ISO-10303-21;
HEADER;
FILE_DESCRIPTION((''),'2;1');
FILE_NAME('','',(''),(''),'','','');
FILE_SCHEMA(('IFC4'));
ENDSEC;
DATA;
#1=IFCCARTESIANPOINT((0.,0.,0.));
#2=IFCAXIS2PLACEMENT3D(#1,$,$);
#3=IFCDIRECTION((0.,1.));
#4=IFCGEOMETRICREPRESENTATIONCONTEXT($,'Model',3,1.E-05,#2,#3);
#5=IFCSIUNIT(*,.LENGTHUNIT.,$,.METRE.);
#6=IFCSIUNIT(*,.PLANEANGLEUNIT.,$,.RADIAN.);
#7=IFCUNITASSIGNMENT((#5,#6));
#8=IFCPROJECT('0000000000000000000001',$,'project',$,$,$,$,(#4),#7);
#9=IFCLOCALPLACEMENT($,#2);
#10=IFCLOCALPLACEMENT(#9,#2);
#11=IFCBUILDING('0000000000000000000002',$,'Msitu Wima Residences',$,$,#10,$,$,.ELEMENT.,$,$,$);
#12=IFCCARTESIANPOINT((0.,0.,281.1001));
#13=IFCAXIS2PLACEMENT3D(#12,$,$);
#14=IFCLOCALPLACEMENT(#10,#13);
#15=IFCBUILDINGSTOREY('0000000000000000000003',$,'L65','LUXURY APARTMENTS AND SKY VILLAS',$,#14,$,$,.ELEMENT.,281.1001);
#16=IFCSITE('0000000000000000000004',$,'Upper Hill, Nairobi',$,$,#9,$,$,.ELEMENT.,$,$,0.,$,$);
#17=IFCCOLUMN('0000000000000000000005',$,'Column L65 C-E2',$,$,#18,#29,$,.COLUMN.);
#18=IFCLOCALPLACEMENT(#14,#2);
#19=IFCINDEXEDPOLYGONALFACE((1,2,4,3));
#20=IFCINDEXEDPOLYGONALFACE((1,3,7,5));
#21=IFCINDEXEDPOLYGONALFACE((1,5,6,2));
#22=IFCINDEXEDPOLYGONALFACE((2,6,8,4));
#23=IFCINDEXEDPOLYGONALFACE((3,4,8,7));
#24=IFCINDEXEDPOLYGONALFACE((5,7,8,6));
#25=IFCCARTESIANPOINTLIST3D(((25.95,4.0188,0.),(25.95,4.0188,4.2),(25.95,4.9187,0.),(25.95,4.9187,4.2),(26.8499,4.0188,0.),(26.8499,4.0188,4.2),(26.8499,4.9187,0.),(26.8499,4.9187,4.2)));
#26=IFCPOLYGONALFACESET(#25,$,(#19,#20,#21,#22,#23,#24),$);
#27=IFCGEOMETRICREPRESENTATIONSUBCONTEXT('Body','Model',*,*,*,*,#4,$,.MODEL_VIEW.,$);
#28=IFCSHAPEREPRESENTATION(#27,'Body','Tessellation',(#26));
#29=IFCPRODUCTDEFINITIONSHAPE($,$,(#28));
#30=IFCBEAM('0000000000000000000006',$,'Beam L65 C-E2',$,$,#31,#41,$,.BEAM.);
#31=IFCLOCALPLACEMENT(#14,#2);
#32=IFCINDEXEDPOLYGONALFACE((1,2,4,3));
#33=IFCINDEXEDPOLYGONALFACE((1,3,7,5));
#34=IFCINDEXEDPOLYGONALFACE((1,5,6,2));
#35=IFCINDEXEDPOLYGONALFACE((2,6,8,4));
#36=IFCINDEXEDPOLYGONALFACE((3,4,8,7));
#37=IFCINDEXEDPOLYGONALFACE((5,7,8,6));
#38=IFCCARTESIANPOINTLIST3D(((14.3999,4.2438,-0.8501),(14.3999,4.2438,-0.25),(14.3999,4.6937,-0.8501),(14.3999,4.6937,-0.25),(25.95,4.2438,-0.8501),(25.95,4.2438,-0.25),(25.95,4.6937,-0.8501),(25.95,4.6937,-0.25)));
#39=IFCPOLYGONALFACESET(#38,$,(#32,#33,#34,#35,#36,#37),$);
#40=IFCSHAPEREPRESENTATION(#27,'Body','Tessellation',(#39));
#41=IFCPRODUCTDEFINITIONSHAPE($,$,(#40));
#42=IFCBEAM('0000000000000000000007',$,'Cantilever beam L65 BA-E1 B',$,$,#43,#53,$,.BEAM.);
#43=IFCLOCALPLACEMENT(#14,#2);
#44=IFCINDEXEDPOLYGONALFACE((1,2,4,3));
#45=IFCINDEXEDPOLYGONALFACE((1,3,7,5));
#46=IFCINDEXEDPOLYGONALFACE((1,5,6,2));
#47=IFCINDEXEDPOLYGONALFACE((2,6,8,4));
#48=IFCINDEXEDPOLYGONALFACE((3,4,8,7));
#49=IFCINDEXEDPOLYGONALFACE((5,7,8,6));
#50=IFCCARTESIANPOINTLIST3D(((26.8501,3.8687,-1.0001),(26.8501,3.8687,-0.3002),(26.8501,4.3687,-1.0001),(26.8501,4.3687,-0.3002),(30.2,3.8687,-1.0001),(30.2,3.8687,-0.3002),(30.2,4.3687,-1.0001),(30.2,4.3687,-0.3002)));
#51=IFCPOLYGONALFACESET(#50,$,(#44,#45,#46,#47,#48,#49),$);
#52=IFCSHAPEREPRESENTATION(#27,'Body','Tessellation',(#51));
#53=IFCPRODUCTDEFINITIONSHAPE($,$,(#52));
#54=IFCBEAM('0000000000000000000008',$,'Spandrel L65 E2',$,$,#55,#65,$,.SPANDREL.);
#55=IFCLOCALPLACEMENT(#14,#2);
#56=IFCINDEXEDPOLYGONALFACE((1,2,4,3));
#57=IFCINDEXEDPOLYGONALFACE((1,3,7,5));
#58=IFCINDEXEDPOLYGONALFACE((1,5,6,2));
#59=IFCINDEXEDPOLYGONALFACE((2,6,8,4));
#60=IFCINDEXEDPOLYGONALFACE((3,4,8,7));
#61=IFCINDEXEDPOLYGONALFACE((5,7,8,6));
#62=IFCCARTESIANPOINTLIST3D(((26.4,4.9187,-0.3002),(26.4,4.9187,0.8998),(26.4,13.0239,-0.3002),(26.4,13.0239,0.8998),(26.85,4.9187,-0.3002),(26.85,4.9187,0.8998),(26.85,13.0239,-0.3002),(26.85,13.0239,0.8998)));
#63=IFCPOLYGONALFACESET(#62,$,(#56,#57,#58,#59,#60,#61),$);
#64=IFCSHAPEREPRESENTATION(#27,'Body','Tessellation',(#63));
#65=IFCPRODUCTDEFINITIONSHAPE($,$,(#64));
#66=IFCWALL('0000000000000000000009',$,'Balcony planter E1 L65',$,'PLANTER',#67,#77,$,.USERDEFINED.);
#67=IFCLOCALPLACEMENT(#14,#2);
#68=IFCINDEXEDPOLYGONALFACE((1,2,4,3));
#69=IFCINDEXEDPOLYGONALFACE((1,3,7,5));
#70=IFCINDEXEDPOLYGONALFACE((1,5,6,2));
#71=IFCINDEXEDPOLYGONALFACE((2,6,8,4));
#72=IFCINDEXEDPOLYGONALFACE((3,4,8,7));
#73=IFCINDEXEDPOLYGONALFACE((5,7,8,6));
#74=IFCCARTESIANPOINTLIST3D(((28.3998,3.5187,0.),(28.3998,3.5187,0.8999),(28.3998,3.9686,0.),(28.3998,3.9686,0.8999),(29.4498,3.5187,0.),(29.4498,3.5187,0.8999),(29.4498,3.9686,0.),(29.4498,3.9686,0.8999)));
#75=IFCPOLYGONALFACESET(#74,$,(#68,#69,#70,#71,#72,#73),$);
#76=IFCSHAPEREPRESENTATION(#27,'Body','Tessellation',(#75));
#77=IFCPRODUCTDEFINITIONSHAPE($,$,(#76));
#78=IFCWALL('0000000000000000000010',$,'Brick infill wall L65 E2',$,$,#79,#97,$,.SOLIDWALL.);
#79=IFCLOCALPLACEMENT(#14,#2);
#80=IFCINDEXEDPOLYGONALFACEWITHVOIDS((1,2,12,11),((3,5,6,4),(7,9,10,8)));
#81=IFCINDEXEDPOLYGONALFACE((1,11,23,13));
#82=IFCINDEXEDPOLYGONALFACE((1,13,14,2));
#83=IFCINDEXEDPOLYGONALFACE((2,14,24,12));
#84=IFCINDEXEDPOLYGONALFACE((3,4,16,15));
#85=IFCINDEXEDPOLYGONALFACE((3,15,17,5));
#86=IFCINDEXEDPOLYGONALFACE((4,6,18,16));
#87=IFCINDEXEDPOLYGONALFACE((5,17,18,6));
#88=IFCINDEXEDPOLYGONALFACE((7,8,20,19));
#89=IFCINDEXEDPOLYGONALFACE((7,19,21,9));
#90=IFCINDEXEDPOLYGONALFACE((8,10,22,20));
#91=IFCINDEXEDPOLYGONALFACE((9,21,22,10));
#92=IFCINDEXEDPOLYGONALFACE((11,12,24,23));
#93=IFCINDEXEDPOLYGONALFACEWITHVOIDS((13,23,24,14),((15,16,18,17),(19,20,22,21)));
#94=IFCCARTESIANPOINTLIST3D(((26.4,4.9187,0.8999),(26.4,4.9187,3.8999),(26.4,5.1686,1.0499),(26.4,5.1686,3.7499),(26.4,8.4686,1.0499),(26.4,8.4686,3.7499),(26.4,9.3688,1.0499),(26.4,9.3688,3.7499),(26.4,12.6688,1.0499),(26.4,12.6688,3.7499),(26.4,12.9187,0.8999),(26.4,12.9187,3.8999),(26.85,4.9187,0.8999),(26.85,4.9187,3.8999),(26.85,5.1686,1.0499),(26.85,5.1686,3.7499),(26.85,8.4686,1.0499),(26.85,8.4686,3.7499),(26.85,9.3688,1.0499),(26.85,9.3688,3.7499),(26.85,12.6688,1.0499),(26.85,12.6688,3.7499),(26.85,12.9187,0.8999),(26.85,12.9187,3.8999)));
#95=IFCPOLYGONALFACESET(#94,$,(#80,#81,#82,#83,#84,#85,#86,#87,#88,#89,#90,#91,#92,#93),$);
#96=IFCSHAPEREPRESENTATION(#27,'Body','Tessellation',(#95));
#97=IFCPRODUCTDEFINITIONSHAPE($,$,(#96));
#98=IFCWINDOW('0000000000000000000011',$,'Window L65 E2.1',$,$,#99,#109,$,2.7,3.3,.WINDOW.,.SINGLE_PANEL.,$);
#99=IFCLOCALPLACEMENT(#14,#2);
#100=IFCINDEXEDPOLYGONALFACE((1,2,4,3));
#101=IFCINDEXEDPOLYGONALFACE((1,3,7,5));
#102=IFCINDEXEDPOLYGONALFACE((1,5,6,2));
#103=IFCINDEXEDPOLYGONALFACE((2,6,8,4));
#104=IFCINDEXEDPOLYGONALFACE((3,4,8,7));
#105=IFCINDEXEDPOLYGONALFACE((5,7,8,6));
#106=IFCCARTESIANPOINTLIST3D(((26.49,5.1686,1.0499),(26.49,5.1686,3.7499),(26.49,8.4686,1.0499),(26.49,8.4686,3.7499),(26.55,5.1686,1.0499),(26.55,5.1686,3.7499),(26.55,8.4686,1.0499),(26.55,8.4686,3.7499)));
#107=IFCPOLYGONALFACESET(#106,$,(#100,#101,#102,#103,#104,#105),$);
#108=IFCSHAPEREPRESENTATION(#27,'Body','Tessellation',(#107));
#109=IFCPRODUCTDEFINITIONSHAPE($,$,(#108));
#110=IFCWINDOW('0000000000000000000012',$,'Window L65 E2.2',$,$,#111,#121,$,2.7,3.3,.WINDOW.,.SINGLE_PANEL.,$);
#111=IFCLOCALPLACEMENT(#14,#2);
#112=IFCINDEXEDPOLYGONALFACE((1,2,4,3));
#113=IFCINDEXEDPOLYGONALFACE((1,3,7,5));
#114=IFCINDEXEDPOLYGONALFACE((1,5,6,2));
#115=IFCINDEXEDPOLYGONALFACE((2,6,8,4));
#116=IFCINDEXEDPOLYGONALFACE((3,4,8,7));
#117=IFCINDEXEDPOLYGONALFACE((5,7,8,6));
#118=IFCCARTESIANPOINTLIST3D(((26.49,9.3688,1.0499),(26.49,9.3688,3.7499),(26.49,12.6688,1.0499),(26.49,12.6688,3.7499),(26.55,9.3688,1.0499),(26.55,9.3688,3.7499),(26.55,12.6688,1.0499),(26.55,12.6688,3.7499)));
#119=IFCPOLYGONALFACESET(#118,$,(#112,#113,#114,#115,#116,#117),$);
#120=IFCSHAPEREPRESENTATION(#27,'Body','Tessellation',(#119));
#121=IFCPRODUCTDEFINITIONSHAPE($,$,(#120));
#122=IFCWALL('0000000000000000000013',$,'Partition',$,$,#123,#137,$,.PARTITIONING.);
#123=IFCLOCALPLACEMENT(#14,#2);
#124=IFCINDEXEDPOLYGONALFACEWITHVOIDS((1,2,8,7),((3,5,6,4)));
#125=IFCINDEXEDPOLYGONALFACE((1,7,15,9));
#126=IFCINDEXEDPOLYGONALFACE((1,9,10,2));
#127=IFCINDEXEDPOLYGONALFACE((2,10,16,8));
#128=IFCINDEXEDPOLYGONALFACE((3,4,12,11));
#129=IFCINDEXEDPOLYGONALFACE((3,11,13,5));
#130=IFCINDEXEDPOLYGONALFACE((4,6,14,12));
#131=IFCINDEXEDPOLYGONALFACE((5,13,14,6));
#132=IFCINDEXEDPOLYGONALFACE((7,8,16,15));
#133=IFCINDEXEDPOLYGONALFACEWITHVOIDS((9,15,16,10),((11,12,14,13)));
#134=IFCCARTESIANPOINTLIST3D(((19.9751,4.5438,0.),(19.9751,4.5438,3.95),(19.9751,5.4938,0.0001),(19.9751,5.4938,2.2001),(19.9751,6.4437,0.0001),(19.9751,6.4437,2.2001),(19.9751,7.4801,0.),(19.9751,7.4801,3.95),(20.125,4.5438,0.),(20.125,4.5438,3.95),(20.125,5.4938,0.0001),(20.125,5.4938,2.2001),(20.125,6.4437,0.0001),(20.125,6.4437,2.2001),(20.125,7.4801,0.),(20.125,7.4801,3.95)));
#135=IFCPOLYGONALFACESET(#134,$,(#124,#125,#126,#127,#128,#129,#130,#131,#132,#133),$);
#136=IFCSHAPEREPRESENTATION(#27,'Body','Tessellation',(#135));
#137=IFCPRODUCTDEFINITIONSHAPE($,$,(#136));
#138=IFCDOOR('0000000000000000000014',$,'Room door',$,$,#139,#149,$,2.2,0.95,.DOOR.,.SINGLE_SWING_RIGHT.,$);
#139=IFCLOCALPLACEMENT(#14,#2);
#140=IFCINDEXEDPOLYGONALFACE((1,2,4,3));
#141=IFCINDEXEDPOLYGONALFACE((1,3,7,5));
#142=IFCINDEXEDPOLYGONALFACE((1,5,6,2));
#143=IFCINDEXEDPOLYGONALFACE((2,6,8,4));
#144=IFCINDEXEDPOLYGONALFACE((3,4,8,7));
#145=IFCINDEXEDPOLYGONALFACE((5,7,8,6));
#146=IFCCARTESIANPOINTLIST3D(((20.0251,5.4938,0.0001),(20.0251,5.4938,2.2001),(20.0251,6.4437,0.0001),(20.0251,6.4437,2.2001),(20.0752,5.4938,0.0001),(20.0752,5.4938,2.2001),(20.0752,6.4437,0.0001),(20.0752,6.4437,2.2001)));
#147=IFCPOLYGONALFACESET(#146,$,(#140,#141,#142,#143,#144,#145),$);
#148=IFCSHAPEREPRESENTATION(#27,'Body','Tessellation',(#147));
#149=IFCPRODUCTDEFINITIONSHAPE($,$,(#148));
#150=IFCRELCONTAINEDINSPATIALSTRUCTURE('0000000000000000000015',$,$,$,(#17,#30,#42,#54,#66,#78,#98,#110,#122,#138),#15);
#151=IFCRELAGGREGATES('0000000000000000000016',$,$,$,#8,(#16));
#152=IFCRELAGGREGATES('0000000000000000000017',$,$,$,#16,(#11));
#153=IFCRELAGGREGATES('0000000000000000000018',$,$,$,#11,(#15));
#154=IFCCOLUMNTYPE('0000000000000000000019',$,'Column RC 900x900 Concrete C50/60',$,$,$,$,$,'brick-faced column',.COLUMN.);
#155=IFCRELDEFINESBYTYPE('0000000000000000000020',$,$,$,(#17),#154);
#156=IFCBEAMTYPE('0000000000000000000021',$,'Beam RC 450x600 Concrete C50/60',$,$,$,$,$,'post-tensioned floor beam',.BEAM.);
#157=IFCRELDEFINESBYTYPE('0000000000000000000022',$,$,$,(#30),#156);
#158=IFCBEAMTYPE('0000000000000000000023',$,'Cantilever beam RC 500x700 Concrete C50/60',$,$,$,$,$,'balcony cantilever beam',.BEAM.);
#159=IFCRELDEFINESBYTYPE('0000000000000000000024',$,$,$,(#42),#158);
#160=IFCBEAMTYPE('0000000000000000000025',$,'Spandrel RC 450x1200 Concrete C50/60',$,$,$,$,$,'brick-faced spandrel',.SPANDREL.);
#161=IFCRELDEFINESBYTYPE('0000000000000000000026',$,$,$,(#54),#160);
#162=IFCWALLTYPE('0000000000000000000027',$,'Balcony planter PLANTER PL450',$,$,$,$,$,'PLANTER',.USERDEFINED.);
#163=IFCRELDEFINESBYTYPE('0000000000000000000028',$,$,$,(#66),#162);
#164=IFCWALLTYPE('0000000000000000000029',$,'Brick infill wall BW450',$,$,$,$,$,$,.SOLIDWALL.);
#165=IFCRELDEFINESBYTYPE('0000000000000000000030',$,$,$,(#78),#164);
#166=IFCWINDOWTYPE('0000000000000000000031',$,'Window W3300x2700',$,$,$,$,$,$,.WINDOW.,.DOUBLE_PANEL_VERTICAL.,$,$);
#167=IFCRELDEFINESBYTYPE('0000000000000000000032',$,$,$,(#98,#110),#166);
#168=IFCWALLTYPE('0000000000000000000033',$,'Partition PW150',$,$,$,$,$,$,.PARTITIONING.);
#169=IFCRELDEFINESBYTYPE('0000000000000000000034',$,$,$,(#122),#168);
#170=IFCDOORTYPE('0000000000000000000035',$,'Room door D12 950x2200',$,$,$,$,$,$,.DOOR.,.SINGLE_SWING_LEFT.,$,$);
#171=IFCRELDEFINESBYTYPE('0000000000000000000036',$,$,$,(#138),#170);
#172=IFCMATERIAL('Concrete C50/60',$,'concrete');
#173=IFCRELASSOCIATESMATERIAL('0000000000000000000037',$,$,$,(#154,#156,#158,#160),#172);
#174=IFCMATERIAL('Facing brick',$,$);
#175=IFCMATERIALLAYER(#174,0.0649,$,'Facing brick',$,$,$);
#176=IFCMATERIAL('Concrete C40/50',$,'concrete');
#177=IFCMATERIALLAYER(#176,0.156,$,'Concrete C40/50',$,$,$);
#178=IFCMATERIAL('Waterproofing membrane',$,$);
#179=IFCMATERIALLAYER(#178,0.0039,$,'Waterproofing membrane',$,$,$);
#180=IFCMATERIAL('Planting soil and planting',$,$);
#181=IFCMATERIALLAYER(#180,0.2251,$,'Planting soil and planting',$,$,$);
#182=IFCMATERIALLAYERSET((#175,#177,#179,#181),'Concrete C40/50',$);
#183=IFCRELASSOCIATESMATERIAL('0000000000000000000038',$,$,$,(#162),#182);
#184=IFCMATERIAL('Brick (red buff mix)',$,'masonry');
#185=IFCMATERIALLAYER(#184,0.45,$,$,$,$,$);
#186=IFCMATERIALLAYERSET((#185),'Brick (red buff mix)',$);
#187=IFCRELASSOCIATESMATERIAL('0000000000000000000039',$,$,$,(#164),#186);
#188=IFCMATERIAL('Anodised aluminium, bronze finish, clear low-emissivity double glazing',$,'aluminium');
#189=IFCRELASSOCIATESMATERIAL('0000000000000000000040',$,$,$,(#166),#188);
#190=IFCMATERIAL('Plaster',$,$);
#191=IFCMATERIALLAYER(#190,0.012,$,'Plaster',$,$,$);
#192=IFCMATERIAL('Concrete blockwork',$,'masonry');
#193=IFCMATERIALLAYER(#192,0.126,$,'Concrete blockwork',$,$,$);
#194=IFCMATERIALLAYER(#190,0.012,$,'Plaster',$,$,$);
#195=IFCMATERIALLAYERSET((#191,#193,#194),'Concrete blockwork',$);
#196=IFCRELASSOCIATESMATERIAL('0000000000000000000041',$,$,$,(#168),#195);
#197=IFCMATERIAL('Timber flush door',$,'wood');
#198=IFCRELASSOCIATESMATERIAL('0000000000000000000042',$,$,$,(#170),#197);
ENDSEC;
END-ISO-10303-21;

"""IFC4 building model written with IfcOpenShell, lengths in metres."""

from ifc_helpers import new_model, si_unit, direction, frame, frame_2d, origin, origin_2d, place, context, subcontext, project, spatial, rectangle, extrude, material, layer, layer_set, material_profile, profile_set, type_object, element, fill, save


model = new_model("IFC4")

# Units and contexts
model_context = context("Model", 3, precision=1e-05, world=origin(), true_north=direction((0.0, 1.0)))
body_context = subcontext(model_context, "Body", "Model", "MODEL_VIEW")
ifc_project = project(units=[si_unit("LENGTHUNIT", "METRE"), si_unit("PLANEANGLEUNIT", "RADIAN")], contexts=[model_context])

# Site, building, storey
site_placement = place(None, origin())
site = spatial("IfcSite", under=ifc_project, at=site_placement, Name="Upper Hill, Nairobi", CompositionType="ELEMENT", RefElevation=0.0)
building_placement = place(site_placement, origin())
building = spatial("IfcBuilding", under=site, at=building_placement, Name="Msitu Wima Residences", CompositionType="ELEMENT")
storey_placement = place(building_placement, frame((0.0, 0.0, 281.1001)))
storey = spatial("IfcBuildingStorey", under=building, at=storey_placement, Name="L65", Description="LUXURY APARTMENTS AND SKY VILLAS", CompositionType="ELEMENT", Elevation=281.1001)

# Column
ifc_material_1 = material(Name="Concrete C50/60", Category="concrete")
ifc_material_profile_1 = material_profile(ifc_material_1, rectangle(XDim=0.8999, YDim=0.8999, at=origin_2d()), Name="RC 900x900")
ifc_profile_set_1 = profile_set([ifc_material_profile_1], Name="Concrete C50/60")
column_type = type_object("IfcColumnType", Name="Column RC 900x900 Concrete C50/60", ElementType="brick-faced column", PredefinedType="COLUMN", material=ifc_profile_set_1)
column_placement = place(storey_placement, frame((26.3999, 4.4688, 0.0), z_axis=(0.0, 0.0, 1.0), x_axis=(0.0, 1.0, 0.0)))
element("IfcColumn", 1, at=column_placement, inside=storey, type_object=column_type, Name="Column L65 C-E2", PredefinedType="COLUMN", context=body_context, shape_type="SweptSolid", body=[
    extrude(rectangle(XDim=0.8999, YDim=0.8999, at=origin_2d()), origin(), (0.0, 0.0, 1.0), 4.2),
])

# Beams
ifc_material_profile_2 = material_profile(ifc_material_1, rectangle(XDim=0.45, YDim=0.6001, at=origin_2d()), Name="RC 450x600")
ifc_profile_set_2 = profile_set([ifc_material_profile_2], Name="Concrete C50/60")
beam_type_1 = type_object("IfcBeamType", Name="Beam RC 450x600 Concrete C50/60", ElementType="post-tensioned floor beam", PredefinedType="BEAM", material=ifc_profile_set_2)
beam_1_placement = place(storey_placement, frame((25.95, 4.4688, -0.55), z_axis=(-1.0, 0.0, 0.0), x_axis=(0.0, -1.0, 0.0)))
element("IfcBeam", 2, at=beam_1_placement, inside=storey, type_object=beam_type_1, Name="Beam L65 C-E2", PredefinedType="BEAM", context=body_context, shape_type="SweptSolid", body=[
    extrude(rectangle(XDim=0.45, YDim=0.6001, at=origin_2d()), origin(), (0.0, 0.0, 1.0), 11.55),
])
ifc_material_profile_3 = material_profile(ifc_material_1, rectangle(XDim=0.5, YDim=0.7, at=origin_2d()), Name="RC 500x700")
ifc_profile_set_3 = profile_set([ifc_material_profile_3], Name="Concrete C50/60")
beam_type_2 = type_object("IfcBeamType", Name="Cantilever beam RC 500x700 Concrete C50/60", ElementType="balcony cantilever beam", PredefinedType="BEAM", material=ifc_profile_set_3)
beam_2_placement = place(storey_placement, frame((26.8501, 4.1187, -0.6501), z_axis=(1.0, 0.0, 0.0), x_axis=(0.0, 1.0, 0.0)))
element("IfcBeam", 3, at=beam_2_placement, inside=storey, type_object=beam_type_2, Name="Cantilever beam L65 BA-E1 B", PredefinedType="BEAM", context=body_context, shape_type="SweptSolid", body=[
    extrude(rectangle(XDim=0.5, YDim=0.7, at=origin_2d()), origin(), (0.0, 0.0, 1.0), 3.3499),
])
ifc_material_profile_4 = material_profile(ifc_material_1, rectangle(XDim=0.45, YDim=1.2, at=origin_2d()), Name="RC 450x1200")
ifc_profile_set_4 = profile_set([ifc_material_profile_4], Name="Concrete C50/60")
beam_type_3 = type_object("IfcBeamType", Name="Spandrel RC 450x1200 Concrete C50/60", ElementType="brick-faced spandrel", PredefinedType="SPANDREL", material=ifc_profile_set_4)
beam_3_placement = place(storey_placement, frame((26.625, 4.9187, 0.2998), z_axis=(0.0, 1.0, 0.0), x_axis=(-1.0, 0.0, 0.0)))
element("IfcBeam", 4, at=beam_3_placement, inside=storey, type_object=beam_type_3, Name="Spandrel L65 E2", PredefinedType="SPANDREL", context=body_context, shape_type="SweptSolid", body=[
    extrude(rectangle(XDim=0.45, YDim=1.2, at=origin_2d()), origin(), (0.0, 0.0, 1.0), 8.1052),
])

# Wall
ifc_material_2 = material(Name="Facing brick")
ifc_layer_1 = layer(ifc_material_2, 0.0649, Name="Facing brick")
ifc_material_3 = material(Name="Concrete C40/50", Category="concrete")
ifc_layer_2 = layer(ifc_material_3, 0.156, Name="Concrete C40/50")
ifc_material_4 = material(Name="Waterproofing membrane")
ifc_layer_3 = layer(ifc_material_4, 0.0039, Name="Waterproofing membrane")
ifc_material_5 = material(Name="Planting soil and planting")
ifc_layer_4 = layer(ifc_material_5, 0.2251, Name="Planting soil and planting")
ifc_layer_set_1 = layer_set([ifc_layer_1, ifc_layer_2, ifc_layer_3, ifc_layer_4], Name="Concrete C40/50")
wall_type_1 = type_object("IfcWallType", Name="Balcony planter PLANTER PL450", ElementType="PLANTER", PredefinedType="USERDEFINED", material=ifc_layer_set_1)
wall_1_placement = place(storey_placement, frame((28.3999, 3.7437, 0.0), z_axis=(0.0, 0.0, 1.0), x_axis=(1.0, 0.0, 0.0)))
element("IfcWall", 5, at=wall_1_placement, inside=storey, type_object=wall_type_1, Name="Balcony planter E1 L65", ObjectType="PLANTER", PredefinedType="USERDEFINED", context=body_context, shape_type="SweptSolid", body=[
    extrude(rectangle(XDim=1.05, YDim=0.45, at=frame_2d((0.5249, 0.0))), origin(), (0.0, 0.0, 1.0), 0.8999),
])

# Wall, openings, windows
ifc_material_6 = material(Name="Brick (red buff mix)", Category="masonry")
ifc_layer_5 = layer(ifc_material_6, 0.45)
ifc_layer_set_2 = layer_set([ifc_layer_5], Name="Brick (red buff mix)")
wall_type_2 = type_object("IfcWallType", Name="Brick infill wall BW450", PredefinedType="SOLIDWALL", material=ifc_layer_set_2)
wall_2_placement = place(storey_placement, frame((26.625, 4.9187, 0.8999), z_axis=(0.0, 0.0, 1.0), x_axis=(0.0, 1.0, 0.0)))
wall_2 = element("IfcWall", 6, at=wall_2_placement, inside=storey, type_object=wall_type_2, Name="Brick infill wall L65 E2", PredefinedType="SOLIDWALL", context=body_context, shape_type="SweptSolid", body=[
    extrude(rectangle(XDim=8.0, YDim=0.45, at=frame_2d((4.0, 0.0))), origin(), (0.0, 0.0, 1.0), 3.0),
])
opening_1_placement = place(wall_2_placement, frame((0.25, 0.0, 0.1499)))
opening_1 = element("IfcOpeningElement", 7, at=opening_1_placement, cuts=wall_2, PredefinedType="OPENING", context=body_context, shape_type="SweptSolid", body=[
    extrude(rectangle(XDim=3.3, YDim=2.7, at=frame_2d((1.6499, 1.3501))), frame((0.0, 0.2349, 0.0), z_axis=(0.0, -1.0, 0.0), x_axis=(1.0, 0.0, 0.0)), (0.0, 0.0, 1.0), 0.47),
])
opening_2_placement = place(wall_2_placement, frame((4.4502, 0.0, 0.1499)))
opening_2 = element("IfcOpeningElement", 8, at=opening_2_placement, cuts=wall_2, PredefinedType="OPENING", context=body_context, shape_type="SweptSolid", body=[
    extrude(rectangle(XDim=3.3, YDim=2.7, at=frame_2d((1.6499, 1.3501))), frame((0.0, 0.2349, 0.0), z_axis=(0.0, -1.0, 0.0), x_axis=(1.0, 0.0, 0.0)), (0.0, 0.0, 1.0), 0.47),
])
ifc_material_7 = material(Name="Anodised aluminium, bronze finish, clear low-emissivity double glazing", Category="aluminium")
window_type = type_object("IfcWindowType", Name="Window W3300x2700", PartitioningType="DOUBLE_PANEL_VERTICAL", PredefinedType="WINDOW", material=ifc_material_7)
window_1_placement = place(opening_1_placement, origin())
window_1 = element("IfcWindow", 9, at=window_1_placement, inside=storey, type_object=window_type, Name="Window L65 E2.1", OverallHeight=2.7, OverallWidth=3.3, PartitioningType="SINGLE_PANEL", PredefinedType="WINDOW", context=body_context, shape_type="SweptSolid", body=[
    extrude(rectangle(XDim=3.3, YDim=2.7, at=frame_2d((1.6499, 1.3501))), frame((0.0, 0.135, 0.0), z_axis=(0.0, -1.0, 0.0), x_axis=(1.0, 0.0, 0.0)), (0.0, 0.0, 1.0), 0.0601),
])
fill(opening_1, window_1)
window_2_placement = place(opening_2_placement, origin())
window_2 = element("IfcWindow", 10, at=window_2_placement, inside=storey, type_object=window_type, Name="Window L65 E2.2", OverallHeight=2.7, OverallWidth=3.3, PartitioningType="SINGLE_PANEL", PredefinedType="WINDOW", context=body_context, shape_type="SweptSolid", body=[
    extrude(rectangle(XDim=3.3, YDim=2.7, at=frame_2d((1.6499, 1.3501))), frame((0.0, 0.135, 0.0), z_axis=(0.0, -1.0, 0.0), x_axis=(1.0, 0.0, 0.0)), (0.0, 0.0, 1.0), 0.0601),
])
fill(opening_2, window_2)

# Wall, opening, door
ifc_material_8 = material(Name="Plaster")
ifc_layer_6 = layer(ifc_material_8, 0.012, Name="Plaster")
ifc_material_9 = material(Name="Concrete blockwork", Category="masonry")
ifc_layer_7 = layer(ifc_material_9, 0.126, Name="Concrete blockwork")
ifc_layer_8 = layer(ifc_material_8, 0.012, Name="Plaster")
ifc_layer_set_3 = layer_set([ifc_layer_6, ifc_layer_7, ifc_layer_8], Name="Concrete blockwork")
wall_type_3 = type_object("IfcWallType", Name="Partition PW150", PredefinedType="PARTITIONING", material=ifc_layer_set_3)
wall_3_placement = place(storey_placement, frame((20.05, 4.5437, 0.0), z_axis=(0.0, 0.0, 1.0), x_axis=(0.0, 1.0, 0.0)))
wall_3 = element("IfcWall", 11, at=wall_3_placement, inside=storey, type_object=wall_type_3, Name="Partition", PredefinedType="PARTITIONING", context=body_context, shape_type="SweptSolid", body=[
    extrude(rectangle(XDim=2.9363, YDim=0.1499, at=frame_2d((1.4683, 0.0))), origin(), (0.0, 0.0, 1.0), 3.95),
])
opening_3_placement = place(wall_3_placement, frame((0.95, 0.0, 0.0)))
opening_3 = element("IfcOpeningElement", 12, at=opening_3_placement, cuts=wall_3, PredefinedType="OPENING", context=body_context, shape_type="SweptSolid", body=[
    extrude(rectangle(XDim=0.95, YDim=2.2, at=frame_2d((0.4751, 1.1001))), frame((0.0, 0.085, 0.0), z_axis=(0.0, -1.0, 0.0), x_axis=(1.0, 0.0, 0.0)), (0.0, 0.0, 1.0), 0.1699),
])
ifc_material_10 = material(Name="Timber flush door", Category="wood")
door_type_1 = type_object("IfcDoorType", Name="Room door D12 950x2200", OperationType="SINGLE_SWING_LEFT", PredefinedType="DOOR", material=ifc_material_10)
door_1_placement = place(opening_3_placement, origin())
door_1 = element("IfcDoor", 13, at=door_1_placement, inside=storey, type_object=door_type_1, Name="Room door", OperationType="SINGLE_SWING_RIGHT", OverallHeight=2.2, OverallWidth=0.95, PredefinedType="DOOR", context=body_context, shape_type="SweptSolid", body=[
    extrude(rectangle(XDim=0.95, YDim=2.2, at=frame_2d((0.4751, 1.1001))), frame((0.0, 0.0249, 0.0), z_axis=(0.0, -1.0, 0.0), x_axis=(1.0, 0.0, 0.0)), (0.0, 0.0, 1.0), 0.05),
])
fill(opening_3, door_1)

save(model, "model.ifc")
